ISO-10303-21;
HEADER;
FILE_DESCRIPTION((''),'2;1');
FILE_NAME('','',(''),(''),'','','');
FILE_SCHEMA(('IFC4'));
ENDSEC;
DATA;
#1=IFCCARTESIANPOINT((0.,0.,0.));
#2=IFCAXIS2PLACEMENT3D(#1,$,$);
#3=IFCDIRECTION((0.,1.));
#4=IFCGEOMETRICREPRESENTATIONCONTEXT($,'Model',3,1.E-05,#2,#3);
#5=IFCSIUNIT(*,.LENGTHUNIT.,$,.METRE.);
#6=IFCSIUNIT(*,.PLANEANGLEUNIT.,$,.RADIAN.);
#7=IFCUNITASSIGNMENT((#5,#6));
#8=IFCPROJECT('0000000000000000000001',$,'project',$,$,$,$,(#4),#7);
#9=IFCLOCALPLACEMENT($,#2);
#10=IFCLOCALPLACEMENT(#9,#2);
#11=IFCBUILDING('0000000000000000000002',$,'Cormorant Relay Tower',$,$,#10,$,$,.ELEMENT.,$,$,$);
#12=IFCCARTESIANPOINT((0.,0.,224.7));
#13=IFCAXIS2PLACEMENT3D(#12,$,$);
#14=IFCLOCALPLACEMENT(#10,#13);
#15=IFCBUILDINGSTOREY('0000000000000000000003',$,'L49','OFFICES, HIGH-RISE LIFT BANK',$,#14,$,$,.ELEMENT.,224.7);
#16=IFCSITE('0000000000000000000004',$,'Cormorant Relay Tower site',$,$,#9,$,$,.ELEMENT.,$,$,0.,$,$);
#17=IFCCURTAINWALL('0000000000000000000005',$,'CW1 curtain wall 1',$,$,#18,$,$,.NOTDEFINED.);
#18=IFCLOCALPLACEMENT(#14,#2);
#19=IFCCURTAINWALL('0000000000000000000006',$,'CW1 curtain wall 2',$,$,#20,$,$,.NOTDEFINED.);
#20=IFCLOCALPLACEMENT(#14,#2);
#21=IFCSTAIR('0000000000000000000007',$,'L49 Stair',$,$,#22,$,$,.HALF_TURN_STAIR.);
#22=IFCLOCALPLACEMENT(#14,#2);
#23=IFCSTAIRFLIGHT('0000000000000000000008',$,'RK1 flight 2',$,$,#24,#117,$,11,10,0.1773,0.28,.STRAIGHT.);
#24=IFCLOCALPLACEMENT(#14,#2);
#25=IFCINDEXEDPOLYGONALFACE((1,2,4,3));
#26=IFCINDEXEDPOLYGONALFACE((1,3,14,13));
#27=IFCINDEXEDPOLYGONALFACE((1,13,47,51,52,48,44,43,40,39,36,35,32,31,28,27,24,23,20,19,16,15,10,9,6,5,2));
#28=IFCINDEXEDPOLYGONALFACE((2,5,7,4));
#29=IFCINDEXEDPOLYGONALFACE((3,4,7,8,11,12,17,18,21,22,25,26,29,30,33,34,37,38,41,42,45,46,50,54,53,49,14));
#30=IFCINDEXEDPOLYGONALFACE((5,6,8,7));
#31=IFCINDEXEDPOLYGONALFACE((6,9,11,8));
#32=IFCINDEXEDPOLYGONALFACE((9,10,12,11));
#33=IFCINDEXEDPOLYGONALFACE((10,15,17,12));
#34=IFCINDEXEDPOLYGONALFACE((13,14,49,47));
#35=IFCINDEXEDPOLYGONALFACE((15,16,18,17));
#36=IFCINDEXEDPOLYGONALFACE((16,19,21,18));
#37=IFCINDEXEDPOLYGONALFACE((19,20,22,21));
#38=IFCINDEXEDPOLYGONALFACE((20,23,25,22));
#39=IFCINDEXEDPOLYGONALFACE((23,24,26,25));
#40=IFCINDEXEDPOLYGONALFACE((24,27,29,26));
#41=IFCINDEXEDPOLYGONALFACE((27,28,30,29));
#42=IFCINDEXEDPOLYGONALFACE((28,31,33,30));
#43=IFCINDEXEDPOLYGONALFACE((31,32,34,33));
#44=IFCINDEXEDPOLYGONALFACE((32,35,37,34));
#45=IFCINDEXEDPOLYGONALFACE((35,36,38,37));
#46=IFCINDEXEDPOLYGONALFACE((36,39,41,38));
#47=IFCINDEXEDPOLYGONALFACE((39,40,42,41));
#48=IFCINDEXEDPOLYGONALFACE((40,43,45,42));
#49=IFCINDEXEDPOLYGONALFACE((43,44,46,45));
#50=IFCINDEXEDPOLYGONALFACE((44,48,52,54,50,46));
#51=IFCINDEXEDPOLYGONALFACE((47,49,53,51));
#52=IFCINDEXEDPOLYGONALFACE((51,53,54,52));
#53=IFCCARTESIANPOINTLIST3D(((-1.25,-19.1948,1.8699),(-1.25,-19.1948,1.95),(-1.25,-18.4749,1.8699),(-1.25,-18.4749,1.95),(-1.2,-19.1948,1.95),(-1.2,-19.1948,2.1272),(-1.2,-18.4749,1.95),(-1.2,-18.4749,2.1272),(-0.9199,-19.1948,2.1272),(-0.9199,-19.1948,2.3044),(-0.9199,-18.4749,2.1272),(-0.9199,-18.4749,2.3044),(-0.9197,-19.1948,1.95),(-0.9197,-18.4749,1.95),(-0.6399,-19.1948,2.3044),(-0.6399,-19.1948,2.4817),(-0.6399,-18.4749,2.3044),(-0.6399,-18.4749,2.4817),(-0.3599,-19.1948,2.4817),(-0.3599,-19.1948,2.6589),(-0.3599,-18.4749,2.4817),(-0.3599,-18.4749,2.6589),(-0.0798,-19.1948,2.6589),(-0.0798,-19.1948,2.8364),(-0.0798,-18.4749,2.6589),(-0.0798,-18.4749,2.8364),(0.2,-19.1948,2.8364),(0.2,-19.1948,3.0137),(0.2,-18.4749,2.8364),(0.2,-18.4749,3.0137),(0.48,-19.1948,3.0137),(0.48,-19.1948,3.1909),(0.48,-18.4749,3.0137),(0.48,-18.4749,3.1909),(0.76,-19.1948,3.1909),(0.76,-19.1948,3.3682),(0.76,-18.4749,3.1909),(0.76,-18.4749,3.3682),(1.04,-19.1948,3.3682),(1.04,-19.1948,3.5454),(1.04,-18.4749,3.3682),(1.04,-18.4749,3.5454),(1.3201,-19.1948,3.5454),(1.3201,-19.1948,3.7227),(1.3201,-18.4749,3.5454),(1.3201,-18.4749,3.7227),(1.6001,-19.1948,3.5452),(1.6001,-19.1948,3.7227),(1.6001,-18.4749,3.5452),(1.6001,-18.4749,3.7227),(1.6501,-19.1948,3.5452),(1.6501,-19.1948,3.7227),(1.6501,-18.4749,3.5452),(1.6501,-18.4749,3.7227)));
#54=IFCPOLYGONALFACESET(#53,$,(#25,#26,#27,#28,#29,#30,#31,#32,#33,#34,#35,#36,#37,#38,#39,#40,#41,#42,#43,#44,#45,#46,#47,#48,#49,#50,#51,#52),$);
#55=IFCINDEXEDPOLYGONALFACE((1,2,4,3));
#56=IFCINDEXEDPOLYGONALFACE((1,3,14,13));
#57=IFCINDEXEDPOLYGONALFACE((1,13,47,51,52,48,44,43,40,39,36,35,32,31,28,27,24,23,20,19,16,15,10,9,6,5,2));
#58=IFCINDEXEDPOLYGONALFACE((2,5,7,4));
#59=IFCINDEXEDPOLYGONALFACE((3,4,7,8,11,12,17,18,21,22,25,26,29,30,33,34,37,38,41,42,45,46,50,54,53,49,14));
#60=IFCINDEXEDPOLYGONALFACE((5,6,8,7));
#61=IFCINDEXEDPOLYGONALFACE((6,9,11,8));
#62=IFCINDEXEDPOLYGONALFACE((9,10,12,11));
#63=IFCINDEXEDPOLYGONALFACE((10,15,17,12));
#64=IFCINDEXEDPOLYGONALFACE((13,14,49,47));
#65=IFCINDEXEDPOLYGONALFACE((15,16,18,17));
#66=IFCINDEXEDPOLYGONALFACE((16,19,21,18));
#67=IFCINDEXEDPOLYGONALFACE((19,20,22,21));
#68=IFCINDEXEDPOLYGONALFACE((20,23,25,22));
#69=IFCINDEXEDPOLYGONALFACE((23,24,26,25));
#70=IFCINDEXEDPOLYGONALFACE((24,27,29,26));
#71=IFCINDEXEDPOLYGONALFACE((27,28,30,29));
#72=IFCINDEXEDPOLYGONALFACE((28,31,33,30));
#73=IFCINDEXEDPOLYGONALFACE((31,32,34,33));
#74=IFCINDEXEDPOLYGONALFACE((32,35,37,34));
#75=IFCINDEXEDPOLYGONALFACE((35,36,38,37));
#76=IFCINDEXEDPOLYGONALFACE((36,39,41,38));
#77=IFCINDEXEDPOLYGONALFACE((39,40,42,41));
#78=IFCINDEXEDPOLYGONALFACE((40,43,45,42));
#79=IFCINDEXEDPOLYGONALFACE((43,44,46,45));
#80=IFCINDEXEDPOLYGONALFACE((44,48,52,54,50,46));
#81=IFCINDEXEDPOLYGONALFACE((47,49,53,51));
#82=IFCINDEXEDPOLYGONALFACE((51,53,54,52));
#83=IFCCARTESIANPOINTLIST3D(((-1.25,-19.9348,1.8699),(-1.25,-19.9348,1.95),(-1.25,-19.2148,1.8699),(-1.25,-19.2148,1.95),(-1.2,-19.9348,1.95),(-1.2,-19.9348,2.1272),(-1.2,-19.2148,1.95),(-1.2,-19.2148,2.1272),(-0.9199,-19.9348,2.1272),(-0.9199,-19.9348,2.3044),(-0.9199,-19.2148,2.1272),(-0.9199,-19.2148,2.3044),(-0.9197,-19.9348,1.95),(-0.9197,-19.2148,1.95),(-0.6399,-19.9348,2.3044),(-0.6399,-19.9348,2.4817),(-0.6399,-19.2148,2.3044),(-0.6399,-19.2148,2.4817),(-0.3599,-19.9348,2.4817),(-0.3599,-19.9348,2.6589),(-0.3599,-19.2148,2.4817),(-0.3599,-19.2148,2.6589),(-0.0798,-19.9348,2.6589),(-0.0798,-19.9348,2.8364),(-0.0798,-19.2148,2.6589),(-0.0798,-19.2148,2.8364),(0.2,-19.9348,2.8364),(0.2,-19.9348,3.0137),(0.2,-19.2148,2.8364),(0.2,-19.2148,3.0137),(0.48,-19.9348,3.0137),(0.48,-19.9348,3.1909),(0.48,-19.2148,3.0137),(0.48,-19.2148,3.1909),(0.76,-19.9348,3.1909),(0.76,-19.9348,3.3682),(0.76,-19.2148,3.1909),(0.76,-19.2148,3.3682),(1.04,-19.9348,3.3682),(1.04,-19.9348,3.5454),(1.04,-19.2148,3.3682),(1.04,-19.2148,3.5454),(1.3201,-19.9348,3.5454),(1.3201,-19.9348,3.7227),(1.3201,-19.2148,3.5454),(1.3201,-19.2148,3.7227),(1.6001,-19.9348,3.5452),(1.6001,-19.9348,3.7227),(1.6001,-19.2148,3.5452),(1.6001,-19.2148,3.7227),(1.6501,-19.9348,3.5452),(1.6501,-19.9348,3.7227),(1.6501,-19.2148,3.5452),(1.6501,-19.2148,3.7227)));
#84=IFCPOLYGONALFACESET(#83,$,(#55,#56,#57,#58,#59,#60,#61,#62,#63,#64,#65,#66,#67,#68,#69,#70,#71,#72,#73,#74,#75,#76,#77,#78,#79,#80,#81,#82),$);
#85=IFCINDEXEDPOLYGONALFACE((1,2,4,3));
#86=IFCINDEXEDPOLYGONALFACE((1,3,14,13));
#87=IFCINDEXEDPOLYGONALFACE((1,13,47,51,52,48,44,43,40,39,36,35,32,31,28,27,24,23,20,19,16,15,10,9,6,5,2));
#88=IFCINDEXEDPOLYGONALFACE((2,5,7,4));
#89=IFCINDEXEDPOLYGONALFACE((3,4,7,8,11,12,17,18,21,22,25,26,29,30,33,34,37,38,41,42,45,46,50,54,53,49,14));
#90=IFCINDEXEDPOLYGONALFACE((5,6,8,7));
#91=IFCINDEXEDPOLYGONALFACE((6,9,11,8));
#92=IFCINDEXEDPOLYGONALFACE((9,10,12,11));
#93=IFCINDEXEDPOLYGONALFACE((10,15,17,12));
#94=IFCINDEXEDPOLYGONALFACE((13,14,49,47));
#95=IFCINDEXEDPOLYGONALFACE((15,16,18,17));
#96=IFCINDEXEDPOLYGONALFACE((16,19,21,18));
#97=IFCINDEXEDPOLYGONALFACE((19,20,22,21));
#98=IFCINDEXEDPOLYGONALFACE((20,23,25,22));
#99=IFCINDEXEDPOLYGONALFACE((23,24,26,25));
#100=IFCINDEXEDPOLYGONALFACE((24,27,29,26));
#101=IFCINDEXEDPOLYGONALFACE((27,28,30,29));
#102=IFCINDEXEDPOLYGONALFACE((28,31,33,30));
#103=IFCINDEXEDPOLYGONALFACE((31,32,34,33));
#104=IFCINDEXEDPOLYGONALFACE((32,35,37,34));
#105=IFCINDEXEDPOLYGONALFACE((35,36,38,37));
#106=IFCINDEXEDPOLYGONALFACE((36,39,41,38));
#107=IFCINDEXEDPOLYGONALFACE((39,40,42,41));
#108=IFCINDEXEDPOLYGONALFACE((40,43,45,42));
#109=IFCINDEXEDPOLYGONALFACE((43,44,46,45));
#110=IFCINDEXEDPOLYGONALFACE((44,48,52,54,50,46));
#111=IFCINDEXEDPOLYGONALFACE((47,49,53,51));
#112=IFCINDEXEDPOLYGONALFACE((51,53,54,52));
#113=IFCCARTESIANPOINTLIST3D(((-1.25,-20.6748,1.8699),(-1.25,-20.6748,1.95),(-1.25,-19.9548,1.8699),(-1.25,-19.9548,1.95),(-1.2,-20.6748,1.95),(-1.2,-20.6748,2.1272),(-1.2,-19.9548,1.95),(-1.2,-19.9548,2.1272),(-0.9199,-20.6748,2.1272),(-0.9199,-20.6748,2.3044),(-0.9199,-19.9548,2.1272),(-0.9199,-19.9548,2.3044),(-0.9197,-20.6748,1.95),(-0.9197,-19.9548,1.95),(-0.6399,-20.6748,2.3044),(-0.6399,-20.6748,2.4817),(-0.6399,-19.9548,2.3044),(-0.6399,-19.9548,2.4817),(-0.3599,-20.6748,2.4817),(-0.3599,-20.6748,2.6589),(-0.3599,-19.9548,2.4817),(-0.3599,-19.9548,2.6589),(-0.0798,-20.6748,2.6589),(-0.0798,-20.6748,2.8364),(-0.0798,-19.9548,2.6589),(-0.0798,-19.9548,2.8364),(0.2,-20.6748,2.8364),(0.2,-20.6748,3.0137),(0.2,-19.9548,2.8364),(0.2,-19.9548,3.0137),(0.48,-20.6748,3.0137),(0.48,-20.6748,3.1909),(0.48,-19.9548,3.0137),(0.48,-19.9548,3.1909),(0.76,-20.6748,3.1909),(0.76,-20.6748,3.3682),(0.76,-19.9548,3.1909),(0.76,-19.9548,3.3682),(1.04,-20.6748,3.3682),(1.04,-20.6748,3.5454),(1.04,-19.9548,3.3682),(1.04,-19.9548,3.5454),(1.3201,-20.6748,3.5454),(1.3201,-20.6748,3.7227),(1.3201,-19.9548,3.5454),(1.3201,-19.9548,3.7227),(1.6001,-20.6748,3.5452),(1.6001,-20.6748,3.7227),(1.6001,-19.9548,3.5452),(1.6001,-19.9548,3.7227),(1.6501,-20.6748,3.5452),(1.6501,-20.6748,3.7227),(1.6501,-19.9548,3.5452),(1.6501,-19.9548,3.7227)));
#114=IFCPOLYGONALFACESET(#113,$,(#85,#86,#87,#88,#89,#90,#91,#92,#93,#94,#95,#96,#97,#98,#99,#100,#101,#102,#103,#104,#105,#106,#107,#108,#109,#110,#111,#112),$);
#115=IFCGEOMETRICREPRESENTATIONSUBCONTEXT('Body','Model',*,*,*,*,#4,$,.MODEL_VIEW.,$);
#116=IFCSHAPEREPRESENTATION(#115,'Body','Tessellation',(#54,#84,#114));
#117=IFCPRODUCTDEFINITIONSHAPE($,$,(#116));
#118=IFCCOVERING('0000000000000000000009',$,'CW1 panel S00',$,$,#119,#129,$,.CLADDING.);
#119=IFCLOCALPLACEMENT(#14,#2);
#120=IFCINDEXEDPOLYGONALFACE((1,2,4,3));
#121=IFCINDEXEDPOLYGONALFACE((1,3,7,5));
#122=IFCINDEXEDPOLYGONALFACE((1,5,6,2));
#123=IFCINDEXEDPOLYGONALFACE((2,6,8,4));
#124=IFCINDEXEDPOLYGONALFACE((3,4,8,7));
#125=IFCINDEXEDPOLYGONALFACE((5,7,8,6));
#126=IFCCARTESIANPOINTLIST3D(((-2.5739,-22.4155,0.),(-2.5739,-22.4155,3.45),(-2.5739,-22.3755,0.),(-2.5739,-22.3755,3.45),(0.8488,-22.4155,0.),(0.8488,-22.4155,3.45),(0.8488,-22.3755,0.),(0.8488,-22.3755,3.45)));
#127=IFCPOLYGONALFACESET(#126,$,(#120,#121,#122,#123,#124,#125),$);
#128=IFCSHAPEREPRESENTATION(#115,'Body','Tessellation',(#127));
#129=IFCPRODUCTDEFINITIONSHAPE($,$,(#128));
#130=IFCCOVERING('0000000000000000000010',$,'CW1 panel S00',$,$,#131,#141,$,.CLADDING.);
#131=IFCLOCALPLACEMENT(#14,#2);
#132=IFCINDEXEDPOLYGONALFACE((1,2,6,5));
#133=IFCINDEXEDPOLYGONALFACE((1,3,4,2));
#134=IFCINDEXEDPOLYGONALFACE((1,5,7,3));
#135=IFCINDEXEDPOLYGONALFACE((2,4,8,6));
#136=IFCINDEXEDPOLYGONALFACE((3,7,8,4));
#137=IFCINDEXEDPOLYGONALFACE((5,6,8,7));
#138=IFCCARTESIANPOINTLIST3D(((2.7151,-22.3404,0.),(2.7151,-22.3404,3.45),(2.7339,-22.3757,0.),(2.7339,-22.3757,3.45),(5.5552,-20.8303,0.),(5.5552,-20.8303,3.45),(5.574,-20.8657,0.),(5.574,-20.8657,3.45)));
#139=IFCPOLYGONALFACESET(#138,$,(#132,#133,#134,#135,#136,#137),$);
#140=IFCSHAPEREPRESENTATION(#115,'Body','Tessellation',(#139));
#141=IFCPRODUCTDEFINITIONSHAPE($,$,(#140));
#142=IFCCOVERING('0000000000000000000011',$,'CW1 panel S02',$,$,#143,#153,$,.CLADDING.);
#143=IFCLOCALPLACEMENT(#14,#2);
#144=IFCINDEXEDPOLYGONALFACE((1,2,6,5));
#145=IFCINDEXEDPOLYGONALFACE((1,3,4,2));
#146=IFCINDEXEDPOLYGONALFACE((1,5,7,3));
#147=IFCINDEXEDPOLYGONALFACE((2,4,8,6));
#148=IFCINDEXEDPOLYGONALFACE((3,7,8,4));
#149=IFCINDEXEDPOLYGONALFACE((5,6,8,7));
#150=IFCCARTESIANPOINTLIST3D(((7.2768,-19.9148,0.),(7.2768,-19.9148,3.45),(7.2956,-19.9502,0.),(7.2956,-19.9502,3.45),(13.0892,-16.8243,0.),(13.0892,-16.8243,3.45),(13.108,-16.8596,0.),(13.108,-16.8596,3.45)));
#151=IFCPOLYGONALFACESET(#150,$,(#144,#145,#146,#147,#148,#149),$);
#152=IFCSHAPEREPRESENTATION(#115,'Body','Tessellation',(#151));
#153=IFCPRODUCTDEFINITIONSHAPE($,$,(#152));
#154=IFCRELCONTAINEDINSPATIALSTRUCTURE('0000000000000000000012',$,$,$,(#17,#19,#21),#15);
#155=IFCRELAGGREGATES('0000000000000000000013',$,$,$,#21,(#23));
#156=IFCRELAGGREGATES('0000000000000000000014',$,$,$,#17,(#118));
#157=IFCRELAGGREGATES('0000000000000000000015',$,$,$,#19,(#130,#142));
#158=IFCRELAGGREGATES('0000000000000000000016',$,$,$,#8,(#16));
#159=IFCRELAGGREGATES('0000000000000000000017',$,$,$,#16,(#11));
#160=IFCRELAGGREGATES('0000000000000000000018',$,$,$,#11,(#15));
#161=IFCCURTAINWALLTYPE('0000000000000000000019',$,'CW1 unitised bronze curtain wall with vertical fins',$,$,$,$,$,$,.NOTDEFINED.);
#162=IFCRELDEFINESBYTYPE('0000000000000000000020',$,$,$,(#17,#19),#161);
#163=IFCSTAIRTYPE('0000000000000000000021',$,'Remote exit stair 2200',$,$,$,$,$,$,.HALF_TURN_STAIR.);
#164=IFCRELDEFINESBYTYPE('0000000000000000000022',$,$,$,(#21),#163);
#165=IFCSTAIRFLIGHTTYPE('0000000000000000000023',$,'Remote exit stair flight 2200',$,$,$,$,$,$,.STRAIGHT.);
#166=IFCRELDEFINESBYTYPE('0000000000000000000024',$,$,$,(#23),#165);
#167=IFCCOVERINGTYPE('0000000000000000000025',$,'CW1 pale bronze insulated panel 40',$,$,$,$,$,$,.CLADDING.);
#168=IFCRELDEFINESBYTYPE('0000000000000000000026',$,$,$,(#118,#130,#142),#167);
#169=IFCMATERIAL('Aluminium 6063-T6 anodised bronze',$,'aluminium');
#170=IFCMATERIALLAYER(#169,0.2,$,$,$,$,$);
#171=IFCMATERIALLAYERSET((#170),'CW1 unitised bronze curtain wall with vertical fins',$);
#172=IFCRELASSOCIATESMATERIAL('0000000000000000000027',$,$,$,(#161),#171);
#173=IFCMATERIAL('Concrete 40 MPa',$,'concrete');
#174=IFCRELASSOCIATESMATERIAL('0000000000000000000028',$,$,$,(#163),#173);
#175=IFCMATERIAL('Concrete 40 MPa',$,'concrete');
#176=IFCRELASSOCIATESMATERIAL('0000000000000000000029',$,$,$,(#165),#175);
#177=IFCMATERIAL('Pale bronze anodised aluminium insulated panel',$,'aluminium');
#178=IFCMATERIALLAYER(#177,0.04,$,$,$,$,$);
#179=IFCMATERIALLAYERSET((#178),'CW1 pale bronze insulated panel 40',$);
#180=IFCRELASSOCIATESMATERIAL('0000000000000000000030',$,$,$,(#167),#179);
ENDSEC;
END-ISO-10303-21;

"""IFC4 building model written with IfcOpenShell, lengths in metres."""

from ifc_helpers import new_model, si_unit, direction, frame, origin, origin_2d, place, context, subcontext, project, spatial, polyline, rectangle, outline, extrude, material, layer, layer_set, type_object, element, aggregate, save


model = new_model("IFC4")

# Units and contexts
model_context = context("Model", 3, precision=1e-05, world=origin(), true_north=direction((0.0, 1.0)))
body_context = subcontext(model_context, "Body", "Model", "MODEL_VIEW")
ifc_project = project(units=[si_unit("LENGTHUNIT", "METRE"), si_unit("PLANEANGLEUNIT", "RADIAN")], contexts=[model_context])

# Site, building, storey
site_placement = place(None, origin())
site = spatial("IfcSite", under=ifc_project, at=site_placement, Name="Cormorant Relay Tower site", CompositionType="ELEMENT", RefElevation=0.0)
building_placement = place(site_placement, origin())
building = spatial("IfcBuilding", under=site, at=building_placement, Name="Cormorant Relay Tower", CompositionType="ELEMENT")
storey_placement = place(building_placement, frame((0.0, 0.0, 224.7)))
storey = spatial("IfcBuildingStorey", under=building, at=storey_placement, Name="L49", Description="OFFICES, HIGH-RISE LIFT BANK", CompositionType="ELEMENT", Elevation=224.7)

# Curtain wall
ifc_material_1 = material(Name="Aluminium 6063-T6 anodised bronze", Category="aluminium")
ifc_layer_1 = layer(ifc_material_1, 0.2)
ifc_layer_set_1 = layer_set([ifc_layer_1], Name="CW1 unitised bronze curtain wall with vertical fins")
curtain_wall_type = type_object("IfcCurtainWallType", Name="CW1 unitised bronze curtain wall with vertical fins", PredefinedType="NOTDEFINED", material=ifc_layer_set_1)
curtain_wall_1_placement = place(storey_placement, origin())
curtain_wall_1 = element("IfcCurtainWall", 1, at=curtain_wall_1_placement, inside=storey, type_object=curtain_wall_type, Name="CW1 curtain wall 1", PredefinedType="NOTDEFINED")

# Curtain wall
curtain_wall_2_placement = place(storey_placement, origin())
curtain_wall_2 = element("IfcCurtainWall", 2, at=curtain_wall_2_placement, inside=storey, type_object=curtain_wall_type, Name="CW1 curtain wall 2", PredefinedType="NOTDEFINED")

# Stair, stair flight
ifc_material_2 = material(Name="Concrete 40 MPa", Category="concrete")
stair_type = type_object("IfcStairType", Name="Remote exit stair 2200", PredefinedType="HALF_TURN_STAIR", material=ifc_material_2)
stair_placement = place(storey_placement, origin())
stair = element("IfcStair", 3, at=stair_placement, inside=storey, type_object=stair_type, Name="L49 Stair", PredefinedType="HALF_TURN_STAIR")
ifc_material_3 = material(Name="Concrete 40 MPa", Category="concrete")
stair_flight_type = type_object("IfcStairFlightType", Name="Remote exit stair flight 2200", PredefinedType="STRAIGHT", material=ifc_material_3)
stair_flight_1_placement = place(storey_placement, frame((-1.2, -19.575, 1.95), z_axis=(0.0, 0.0, 1.0), x_axis=(1.0, 0.0, 0.0)))
stair_flight_1 = element("IfcStairFlight", 4, at=stair_flight_1_placement, type_object=stair_flight_type, Name="RK1 flight 2", NumberOfRisers=11, NumberOfTreads=10, PredefinedType="STRAIGHT", RiserHeight=0.1773, TreadLength=0.28, context=body_context, shape_type="SweptSolid", body=[
    extrude(outline(polyline([(-0.05, -0.0801), (-0.05, 0.0), (0.0, 0.0), (0.0, 0.1772), (0.28, 0.1772), (0.28, 0.3545), (0.5601, 0.3545), (0.5601, 0.5317), (0.8401, 0.5317), (0.8401, 0.709), (1.1201, 0.709), (1.1201, 0.8865), (1.3999, 0.8865), (1.3999, 1.0637), (1.6799, 1.0637), (1.6799, 1.241), (1.96, 1.241), (1.96, 1.4182), (2.24, 1.4182), (2.24, 1.5955), (2.52, 1.5955), (2.52, 1.7727), (2.8, 1.7727), (2.8501, 1.7727), (2.8501, 1.5952), (2.8, 1.5952), (0.2803, 0.0), (-0.05, -0.0801)])), frame((0.0, 1.1001, 0.0), z_axis=(0.0, -1.0, 0.0), x_axis=(1.0, 0.0, 0.0)), (0.0, 0.0, 1.0), 0.72),
    extrude(outline(polyline([(-0.05, -0.0801), (-0.05, 0.0), (0.0, 0.0), (0.0, 0.1772), (0.28, 0.1772), (0.28, 0.3545), (0.5601, 0.3545), (0.5601, 0.5317), (0.8401, 0.5317), (0.8401, 0.709), (1.1201, 0.709), (1.1201, 0.8865), (1.3999, 0.8865), (1.3999, 1.0637), (1.6799, 1.0637), (1.6799, 1.241), (1.96, 1.241), (1.96, 1.4182), (2.24, 1.4182), (2.24, 1.5955), (2.52, 1.5955), (2.52, 1.7727), (2.8, 1.7727), (2.8501, 1.7727), (2.8501, 1.5952), (2.8, 1.5952), (0.2803, 0.0), (-0.05, -0.0801)])), frame((0.0, 0.3601, 0.0), z_axis=(0.0, -1.0, 0.0), x_axis=(1.0, 0.0, 0.0)), (0.0, 0.0, 1.0), 0.72),
    extrude(outline(polyline([(-0.05, -0.0801), (-0.05, 0.0), (0.0, 0.0), (0.0, 0.1772), (0.28, 0.1772), (0.28, 0.3545), (0.5601, 0.3545), (0.5601, 0.5317), (0.8401, 0.5317), (0.8401, 0.709), (1.1201, 0.709), (1.1201, 0.8865), (1.3999, 0.8865), (1.3999, 1.0637), (1.6799, 1.0637), (1.6799, 1.241), (1.96, 1.241), (1.96, 1.4182), (2.24, 1.4182), (2.24, 1.5955), (2.52, 1.5955), (2.52, 1.7727), (2.8, 1.7727), (2.8501, 1.7727), (2.8501, 1.5952), (2.8, 1.5952), (0.2803, 0.0), (-0.05, -0.0801)])), frame((0.0, -0.3799, 0.0), z_axis=(0.0, -1.0, 0.0), x_axis=(1.0, 0.0, 0.0)), (0.0, 0.0, 1.0), 0.72),
])
aggregate(stair, [stair_flight_1])

# Coverings
ifc_material_4 = material(Name="Pale bronze anodised aluminium insulated panel", Category="aluminium")
ifc_layer_2 = layer(ifc_material_4, 0.04)
ifc_layer_set_2 = layer_set([ifc_layer_2], Name="CW1 pale bronze insulated panel 40")
covering_type = type_object("IfcCoveringType", Name="CW1 pale bronze insulated panel 40", PredefinedType="CLADDING", material=ifc_layer_set_2)
covering_1_placement = place(storey_placement, frame((-0.8625, -22.3955, 0.0), z_axis=(0.0, 0.0, 1.0), x_axis=(1.0, 0.0, 0.0)))
covering_1 = element("IfcCovering", 5, at=covering_1_placement, type_object=covering_type, Name="CW1 panel S00", PredefinedType="CLADDING", context=body_context, shape_type="SweptSolid", body=[
    extrude(rectangle(XDim=3.4226, YDim=0.04, at=origin_2d()), origin(), (0.0, 0.0, 1.0), 3.45),
])
aggregate(curtain_wall_1, [covering_1])
covering_2_placement = place(storey_placement, frame((4.1445, -21.603, 0.0), z_axis=(0.0, 0.0, 1.0), x_axis=(0.882948, 0.469472, 0.0)))
covering_2 = element("IfcCovering", 6, at=covering_2_placement, type_object=covering_type, Name="CW1 panel S00", PredefinedType="CLADDING", context=body_context, shape_type="SweptSolid", body=[
    extrude(rectangle(XDim=3.2166, YDim=0.04, at=origin_2d()), origin(), (0.0, 0.0, 1.0), 3.45),
])
covering_3_placement = place(storey_placement, frame((10.1924, -18.3872, 0.0), z_axis=(0.0, 0.0, 1.0), x_axis=(0.882948, 0.469472, 0.0)))
covering_3 = element("IfcCovering", 7, at=covering_3_placement, type_object=covering_type, Name="CW1 panel S02", PredefinedType="CLADDING", context=body_context, shape_type="SweptSolid", body=[
    extrude(rectangle(XDim=6.583, YDim=0.04, at=origin_2d()), origin(), (0.0, 0.0, 1.0), 3.45),
])
aggregate(curtain_wall_2, [covering_2, covering_3])

save(model, "model.ifc")
